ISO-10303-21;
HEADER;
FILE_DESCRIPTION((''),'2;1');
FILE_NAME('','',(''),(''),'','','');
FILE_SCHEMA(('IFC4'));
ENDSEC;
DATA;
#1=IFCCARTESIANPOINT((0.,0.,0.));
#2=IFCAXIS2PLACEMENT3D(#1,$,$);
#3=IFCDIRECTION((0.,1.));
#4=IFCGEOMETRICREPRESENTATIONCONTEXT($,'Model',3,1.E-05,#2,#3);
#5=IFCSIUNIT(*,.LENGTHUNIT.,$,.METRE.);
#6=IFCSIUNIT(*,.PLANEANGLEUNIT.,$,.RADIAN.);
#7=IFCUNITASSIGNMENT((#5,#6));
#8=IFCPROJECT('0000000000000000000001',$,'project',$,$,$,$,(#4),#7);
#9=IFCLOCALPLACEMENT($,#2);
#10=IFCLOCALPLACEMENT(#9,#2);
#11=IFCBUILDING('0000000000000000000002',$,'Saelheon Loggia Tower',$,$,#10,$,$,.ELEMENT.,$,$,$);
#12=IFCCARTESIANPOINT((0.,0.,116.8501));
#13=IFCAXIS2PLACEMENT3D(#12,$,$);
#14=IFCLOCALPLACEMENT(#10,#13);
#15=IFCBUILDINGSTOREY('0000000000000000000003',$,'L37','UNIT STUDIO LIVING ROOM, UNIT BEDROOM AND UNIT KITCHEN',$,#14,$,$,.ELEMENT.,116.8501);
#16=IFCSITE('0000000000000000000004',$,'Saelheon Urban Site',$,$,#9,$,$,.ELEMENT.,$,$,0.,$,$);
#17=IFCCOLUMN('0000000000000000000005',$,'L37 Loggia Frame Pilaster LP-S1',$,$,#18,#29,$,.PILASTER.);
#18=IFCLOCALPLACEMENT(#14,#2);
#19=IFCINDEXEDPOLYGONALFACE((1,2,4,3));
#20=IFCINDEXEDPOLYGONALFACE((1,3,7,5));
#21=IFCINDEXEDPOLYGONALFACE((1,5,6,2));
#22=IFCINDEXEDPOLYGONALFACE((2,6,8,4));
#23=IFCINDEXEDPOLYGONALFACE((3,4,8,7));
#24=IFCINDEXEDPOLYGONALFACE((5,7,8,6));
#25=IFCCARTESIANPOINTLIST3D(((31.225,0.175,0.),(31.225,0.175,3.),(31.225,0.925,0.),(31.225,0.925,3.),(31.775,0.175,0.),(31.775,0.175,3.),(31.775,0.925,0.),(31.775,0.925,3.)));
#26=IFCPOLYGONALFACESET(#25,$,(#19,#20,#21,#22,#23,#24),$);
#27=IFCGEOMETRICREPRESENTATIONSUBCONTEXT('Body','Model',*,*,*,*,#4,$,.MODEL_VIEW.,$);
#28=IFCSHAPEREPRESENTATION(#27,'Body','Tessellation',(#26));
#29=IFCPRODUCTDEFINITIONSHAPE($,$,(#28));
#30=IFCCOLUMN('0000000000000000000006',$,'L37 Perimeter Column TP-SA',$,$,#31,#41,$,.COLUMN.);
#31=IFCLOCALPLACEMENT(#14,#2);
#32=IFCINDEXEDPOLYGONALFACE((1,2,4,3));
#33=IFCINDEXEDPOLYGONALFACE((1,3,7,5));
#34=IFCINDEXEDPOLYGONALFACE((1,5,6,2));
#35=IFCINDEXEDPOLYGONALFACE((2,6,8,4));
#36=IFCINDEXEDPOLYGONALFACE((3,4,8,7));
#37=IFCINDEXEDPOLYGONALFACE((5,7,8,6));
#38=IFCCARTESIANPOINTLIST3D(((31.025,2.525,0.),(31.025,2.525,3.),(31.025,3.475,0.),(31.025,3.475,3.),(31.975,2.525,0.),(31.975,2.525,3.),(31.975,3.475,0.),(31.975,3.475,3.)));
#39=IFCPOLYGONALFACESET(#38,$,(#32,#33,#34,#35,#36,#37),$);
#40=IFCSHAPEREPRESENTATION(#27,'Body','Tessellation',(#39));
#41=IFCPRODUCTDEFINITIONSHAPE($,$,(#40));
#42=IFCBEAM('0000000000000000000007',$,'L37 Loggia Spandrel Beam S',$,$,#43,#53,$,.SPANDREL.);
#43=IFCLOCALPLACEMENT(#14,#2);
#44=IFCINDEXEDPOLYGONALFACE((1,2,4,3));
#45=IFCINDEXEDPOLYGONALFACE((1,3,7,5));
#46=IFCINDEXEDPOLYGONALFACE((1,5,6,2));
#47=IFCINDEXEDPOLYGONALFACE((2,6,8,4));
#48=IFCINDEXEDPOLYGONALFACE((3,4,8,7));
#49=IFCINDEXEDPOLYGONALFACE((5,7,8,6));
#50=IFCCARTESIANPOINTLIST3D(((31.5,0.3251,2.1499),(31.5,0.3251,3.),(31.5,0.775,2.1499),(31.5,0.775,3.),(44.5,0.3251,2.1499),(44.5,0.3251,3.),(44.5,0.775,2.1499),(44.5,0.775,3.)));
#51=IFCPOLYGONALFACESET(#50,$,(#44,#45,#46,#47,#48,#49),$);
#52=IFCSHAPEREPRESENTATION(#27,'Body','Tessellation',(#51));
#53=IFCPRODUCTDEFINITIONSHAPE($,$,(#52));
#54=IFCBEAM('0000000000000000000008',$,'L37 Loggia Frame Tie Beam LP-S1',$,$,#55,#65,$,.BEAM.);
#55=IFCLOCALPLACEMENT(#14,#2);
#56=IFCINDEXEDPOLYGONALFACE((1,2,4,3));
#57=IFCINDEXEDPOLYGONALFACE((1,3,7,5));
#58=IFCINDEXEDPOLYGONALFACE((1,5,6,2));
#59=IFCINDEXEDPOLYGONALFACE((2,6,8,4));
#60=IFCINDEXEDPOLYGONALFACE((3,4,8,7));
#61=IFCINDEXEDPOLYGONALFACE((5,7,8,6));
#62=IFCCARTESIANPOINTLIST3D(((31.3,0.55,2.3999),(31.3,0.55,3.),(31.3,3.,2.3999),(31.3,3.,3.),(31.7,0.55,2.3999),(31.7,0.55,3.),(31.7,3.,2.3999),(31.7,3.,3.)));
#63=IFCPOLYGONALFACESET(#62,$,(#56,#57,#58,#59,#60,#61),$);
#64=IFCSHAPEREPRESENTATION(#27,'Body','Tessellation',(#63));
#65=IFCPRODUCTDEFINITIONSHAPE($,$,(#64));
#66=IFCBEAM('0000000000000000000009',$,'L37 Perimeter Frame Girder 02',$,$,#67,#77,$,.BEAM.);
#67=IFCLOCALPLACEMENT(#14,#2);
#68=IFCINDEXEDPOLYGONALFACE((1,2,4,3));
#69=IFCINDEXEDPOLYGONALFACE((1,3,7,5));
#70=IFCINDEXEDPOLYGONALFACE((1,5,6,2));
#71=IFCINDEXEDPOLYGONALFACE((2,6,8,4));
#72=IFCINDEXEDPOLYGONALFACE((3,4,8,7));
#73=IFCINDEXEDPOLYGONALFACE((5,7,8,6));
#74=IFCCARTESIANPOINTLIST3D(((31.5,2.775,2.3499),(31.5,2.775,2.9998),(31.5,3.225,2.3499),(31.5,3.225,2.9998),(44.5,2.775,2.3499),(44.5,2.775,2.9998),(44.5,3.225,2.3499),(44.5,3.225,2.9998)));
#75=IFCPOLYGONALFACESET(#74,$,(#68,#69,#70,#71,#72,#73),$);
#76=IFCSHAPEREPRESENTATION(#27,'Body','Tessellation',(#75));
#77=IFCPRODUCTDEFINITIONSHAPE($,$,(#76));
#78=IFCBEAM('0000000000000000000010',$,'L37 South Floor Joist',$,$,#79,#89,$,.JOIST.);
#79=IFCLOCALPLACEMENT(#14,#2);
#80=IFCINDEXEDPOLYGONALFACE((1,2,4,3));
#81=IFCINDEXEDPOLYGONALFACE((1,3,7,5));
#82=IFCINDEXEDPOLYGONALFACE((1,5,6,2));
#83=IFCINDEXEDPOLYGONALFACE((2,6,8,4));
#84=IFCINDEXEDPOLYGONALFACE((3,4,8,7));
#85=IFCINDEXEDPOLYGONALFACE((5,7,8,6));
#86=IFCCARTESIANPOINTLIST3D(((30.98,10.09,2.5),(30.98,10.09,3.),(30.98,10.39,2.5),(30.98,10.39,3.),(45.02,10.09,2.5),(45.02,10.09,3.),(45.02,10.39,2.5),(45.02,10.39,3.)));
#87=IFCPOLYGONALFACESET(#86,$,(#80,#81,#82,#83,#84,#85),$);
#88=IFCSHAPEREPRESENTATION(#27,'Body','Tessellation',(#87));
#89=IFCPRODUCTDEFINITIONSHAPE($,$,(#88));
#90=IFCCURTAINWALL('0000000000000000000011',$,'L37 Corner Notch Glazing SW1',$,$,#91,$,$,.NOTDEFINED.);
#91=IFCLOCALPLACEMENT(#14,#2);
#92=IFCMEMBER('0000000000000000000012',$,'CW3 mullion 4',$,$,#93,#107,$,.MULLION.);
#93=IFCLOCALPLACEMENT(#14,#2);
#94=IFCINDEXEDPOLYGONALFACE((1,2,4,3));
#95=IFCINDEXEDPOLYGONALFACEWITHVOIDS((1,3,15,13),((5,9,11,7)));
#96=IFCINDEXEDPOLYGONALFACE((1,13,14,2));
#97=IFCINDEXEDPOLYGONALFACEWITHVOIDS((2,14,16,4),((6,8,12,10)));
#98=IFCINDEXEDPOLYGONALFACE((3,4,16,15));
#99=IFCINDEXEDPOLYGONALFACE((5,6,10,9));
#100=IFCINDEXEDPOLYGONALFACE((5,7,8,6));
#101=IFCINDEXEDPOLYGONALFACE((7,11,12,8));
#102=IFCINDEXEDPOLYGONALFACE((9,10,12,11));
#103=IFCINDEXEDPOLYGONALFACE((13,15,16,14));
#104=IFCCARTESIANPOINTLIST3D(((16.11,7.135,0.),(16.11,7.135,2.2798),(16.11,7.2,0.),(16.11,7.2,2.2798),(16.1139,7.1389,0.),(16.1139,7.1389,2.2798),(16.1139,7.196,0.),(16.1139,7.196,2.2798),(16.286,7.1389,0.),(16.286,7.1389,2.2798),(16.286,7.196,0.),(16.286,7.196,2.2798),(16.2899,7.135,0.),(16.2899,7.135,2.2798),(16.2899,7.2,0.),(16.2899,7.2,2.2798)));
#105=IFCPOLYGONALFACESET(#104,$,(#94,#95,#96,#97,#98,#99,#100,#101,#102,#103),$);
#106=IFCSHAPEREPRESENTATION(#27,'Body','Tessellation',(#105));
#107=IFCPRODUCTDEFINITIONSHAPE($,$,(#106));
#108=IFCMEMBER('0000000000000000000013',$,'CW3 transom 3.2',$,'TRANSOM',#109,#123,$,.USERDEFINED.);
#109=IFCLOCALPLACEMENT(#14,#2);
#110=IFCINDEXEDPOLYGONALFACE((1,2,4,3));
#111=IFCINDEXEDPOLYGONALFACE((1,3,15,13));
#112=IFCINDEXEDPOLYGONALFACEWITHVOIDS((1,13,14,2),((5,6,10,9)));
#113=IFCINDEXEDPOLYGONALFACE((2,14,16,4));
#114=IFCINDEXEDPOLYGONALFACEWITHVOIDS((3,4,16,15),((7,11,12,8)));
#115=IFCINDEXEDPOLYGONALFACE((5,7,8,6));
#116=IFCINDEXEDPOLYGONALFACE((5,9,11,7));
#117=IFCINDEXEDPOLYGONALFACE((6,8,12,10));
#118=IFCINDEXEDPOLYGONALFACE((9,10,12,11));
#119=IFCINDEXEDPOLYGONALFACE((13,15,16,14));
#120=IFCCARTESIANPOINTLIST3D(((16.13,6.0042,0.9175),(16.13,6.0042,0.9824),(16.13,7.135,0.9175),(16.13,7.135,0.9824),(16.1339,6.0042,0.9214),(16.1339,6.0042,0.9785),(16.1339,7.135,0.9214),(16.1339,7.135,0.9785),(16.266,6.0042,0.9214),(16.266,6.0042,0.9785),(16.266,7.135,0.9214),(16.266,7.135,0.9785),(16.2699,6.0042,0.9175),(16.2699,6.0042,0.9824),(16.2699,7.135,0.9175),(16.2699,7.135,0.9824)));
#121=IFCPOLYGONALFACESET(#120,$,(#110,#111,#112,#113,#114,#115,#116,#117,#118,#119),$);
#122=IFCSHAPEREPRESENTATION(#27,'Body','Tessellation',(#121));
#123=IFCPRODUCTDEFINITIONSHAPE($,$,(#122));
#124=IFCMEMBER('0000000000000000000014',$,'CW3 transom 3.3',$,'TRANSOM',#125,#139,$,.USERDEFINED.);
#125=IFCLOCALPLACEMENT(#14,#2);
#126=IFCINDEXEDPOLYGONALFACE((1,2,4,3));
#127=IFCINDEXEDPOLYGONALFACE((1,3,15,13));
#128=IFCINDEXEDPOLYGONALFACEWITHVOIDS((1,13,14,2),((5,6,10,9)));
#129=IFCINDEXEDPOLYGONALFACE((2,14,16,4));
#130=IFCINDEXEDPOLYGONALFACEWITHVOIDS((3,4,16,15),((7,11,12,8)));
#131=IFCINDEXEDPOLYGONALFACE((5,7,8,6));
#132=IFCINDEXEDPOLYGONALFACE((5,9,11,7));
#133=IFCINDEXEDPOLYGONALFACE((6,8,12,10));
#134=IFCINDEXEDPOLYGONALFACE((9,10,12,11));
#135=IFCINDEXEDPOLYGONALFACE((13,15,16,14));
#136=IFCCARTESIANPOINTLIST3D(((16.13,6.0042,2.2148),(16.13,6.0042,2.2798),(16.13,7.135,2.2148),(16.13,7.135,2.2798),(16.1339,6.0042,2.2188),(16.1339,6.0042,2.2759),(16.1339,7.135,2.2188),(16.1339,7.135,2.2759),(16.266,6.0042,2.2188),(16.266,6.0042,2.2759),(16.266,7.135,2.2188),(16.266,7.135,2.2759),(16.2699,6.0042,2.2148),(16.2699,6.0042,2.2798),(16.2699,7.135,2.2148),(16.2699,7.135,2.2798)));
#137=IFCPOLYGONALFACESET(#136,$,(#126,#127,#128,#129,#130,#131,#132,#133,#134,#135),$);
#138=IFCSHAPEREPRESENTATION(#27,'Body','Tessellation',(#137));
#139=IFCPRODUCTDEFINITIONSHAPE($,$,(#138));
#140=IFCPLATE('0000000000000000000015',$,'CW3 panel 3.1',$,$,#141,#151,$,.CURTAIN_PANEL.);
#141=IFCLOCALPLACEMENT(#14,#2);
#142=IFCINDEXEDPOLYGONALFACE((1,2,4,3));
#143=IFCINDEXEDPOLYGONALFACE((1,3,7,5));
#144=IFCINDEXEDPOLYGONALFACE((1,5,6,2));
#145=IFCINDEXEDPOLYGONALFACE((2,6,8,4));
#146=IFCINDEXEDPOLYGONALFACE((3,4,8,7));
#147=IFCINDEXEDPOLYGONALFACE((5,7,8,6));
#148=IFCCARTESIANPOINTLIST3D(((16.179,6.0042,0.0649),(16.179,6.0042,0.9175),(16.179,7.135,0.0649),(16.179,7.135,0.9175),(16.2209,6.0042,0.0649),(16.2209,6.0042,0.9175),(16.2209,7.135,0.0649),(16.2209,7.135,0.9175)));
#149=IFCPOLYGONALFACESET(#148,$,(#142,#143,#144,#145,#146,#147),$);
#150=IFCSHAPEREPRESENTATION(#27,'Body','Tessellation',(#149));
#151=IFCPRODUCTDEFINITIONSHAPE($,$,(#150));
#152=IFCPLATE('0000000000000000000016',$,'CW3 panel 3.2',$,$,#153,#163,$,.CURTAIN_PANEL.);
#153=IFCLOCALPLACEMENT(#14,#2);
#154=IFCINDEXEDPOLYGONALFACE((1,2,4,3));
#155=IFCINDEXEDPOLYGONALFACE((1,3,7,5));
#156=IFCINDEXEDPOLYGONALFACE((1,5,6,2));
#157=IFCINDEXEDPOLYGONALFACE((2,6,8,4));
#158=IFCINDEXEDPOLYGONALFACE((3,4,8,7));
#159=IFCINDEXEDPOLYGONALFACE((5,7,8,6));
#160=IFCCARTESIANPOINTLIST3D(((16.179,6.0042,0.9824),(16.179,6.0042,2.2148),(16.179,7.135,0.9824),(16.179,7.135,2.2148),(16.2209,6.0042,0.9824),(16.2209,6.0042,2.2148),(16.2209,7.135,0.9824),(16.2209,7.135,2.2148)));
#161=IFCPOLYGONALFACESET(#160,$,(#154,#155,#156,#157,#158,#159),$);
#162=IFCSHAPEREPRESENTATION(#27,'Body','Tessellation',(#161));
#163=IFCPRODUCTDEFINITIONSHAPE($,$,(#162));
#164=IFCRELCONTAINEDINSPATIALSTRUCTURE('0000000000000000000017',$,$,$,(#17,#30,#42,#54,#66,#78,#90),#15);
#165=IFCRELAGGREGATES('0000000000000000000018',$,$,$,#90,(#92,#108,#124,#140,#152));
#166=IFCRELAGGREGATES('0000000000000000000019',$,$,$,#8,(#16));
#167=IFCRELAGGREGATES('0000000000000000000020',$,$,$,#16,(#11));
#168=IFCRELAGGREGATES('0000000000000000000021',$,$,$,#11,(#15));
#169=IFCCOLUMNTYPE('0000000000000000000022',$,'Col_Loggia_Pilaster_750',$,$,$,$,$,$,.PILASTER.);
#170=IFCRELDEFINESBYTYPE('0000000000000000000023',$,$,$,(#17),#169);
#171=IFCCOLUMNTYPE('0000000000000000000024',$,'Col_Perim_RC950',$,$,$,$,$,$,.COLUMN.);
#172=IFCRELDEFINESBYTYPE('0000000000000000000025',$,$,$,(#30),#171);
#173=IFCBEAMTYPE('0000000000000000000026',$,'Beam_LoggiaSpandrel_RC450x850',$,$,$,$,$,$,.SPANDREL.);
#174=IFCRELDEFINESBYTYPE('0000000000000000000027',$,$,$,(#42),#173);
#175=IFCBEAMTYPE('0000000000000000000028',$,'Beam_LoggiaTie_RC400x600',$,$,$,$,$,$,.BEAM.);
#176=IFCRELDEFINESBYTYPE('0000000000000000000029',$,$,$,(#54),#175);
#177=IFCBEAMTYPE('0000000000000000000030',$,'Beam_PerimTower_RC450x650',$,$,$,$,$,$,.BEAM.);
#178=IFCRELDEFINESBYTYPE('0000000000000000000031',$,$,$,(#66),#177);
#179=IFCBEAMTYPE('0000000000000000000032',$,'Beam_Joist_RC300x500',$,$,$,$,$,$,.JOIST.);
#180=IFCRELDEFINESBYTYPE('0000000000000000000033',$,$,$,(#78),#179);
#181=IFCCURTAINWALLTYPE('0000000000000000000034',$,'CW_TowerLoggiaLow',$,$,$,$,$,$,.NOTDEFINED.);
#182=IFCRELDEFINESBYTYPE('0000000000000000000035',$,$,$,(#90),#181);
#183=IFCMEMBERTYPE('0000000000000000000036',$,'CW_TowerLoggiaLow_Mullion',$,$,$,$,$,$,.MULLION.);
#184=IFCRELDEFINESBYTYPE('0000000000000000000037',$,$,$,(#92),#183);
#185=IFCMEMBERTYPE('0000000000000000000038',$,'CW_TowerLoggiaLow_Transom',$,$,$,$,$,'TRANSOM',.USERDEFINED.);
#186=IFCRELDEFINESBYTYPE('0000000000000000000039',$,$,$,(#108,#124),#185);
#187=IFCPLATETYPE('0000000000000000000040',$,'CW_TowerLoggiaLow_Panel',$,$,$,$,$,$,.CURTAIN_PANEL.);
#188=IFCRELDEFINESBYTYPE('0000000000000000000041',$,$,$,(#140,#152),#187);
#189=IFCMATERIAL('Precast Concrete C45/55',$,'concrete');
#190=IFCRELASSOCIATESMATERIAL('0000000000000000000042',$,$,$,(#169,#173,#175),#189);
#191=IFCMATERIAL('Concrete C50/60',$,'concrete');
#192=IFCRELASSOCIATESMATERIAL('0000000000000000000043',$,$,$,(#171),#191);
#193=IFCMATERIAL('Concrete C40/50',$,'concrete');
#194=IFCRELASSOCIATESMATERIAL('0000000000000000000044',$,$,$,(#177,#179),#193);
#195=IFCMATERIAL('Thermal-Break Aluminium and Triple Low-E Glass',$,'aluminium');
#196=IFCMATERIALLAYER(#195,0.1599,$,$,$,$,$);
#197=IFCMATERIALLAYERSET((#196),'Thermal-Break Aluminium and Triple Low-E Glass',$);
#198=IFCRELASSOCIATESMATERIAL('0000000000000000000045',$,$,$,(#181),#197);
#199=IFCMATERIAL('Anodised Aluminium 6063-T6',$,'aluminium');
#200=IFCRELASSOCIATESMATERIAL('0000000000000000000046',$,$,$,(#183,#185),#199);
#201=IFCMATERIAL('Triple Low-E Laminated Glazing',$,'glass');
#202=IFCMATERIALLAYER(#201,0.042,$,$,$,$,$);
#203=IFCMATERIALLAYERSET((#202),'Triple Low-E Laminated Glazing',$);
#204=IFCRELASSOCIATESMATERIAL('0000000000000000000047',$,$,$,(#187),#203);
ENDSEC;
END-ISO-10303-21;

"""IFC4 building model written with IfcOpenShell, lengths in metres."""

from ifc_helpers import new_model, si_unit, direction, frame, origin, origin_2d, place, context, subcontext, project, spatial, rectangle, hollow_rectangle, extrude, source, transform, mapped, material, layer, layer_set, material_profile, profile_set, type_object, element, aggregate, save


model = new_model("IFC4")

# Units and contexts
model_context = context("Model", 3, precision=1e-05, world=origin(), true_north=direction((0.0, 1.0)))
body_context = subcontext(model_context, "Body", "Model", "MODEL_VIEW")
ifc_project = project(units=[si_unit("LENGTHUNIT", "METRE"), si_unit("PLANEANGLEUNIT", "RADIAN")], contexts=[model_context])

# Site, building, storey
site_placement = place(None, origin())
site = spatial("IfcSite", under=ifc_project, at=site_placement, Name="Saelheon Urban Site", CompositionType="ELEMENT", RefElevation=0.0)
building_placement = place(site_placement, origin())
building = spatial("IfcBuilding", under=site, at=building_placement, Name="Saelheon Loggia Tower", CompositionType="ELEMENT")
storey_placement = place(building_placement, frame((0.0, 0.0, 116.8501)))
storey = spatial("IfcBuildingStorey", under=building, at=storey_placement, Name="L37", Description="UNIT STUDIO LIVING ROOM, UNIT BEDROOM AND UNIT KITCHEN", CompositionType="ELEMENT", Elevation=116.8501)

# Columns
ifc_material_1 = material(Name="Precast Concrete C45/55", Category="concrete")
ifc_material_profile_1 = material_profile(ifc_material_1, rectangle(XDim=0.55, YDim=0.75, at=origin_2d()), Name="RC-550x750")
ifc_profile_set_1 = profile_set([ifc_material_profile_1], Name="Precast Concrete C45/55")
column_type_1 = type_object("IfcColumnType", Name="Col_Loggia_Pilaster_750", PredefinedType="PILASTER", material=ifc_profile_set_1)
shared_shape_1 = source(origin(), body_context, "Body", "SweptSolid", [
    extrude(rectangle(XDim=0.55, YDim=0.75, at=origin_2d()), origin(), (0.0, 0.0, 1.0), 3.0),
])
column_1_placement = place(storey_placement, frame((31.5, 0.55, 0.0), z_axis=(0.0, 0.0, 1.0), x_axis=(1.0, 0.0, 0.0)))
element("IfcColumn", 1, at=column_1_placement, inside=storey, type_object=column_type_1, Name="L37 Loggia Frame Pilaster LP-S1", PredefinedType="PILASTER", context=body_context, shape_type="MappedRepresentation", body=[
    mapped(shared_shape_1, transform((0.0, 0.0, 0.0), scale=1.0)),
])
ifc_material_2 = material(Name="Concrete C50/60", Category="concrete")
ifc_material_profile_2 = material_profile(ifc_material_2, rectangle(XDim=0.95, YDim=0.95, at=origin_2d()), Name="RC-950x950")
ifc_profile_set_2 = profile_set([ifc_material_profile_2], Name="Concrete C50/60")
column_type_2 = type_object("IfcColumnType", Name="Col_Perim_RC950", PredefinedType="COLUMN", material=ifc_profile_set_2)
shared_shape_2 = source(origin(), body_context, "Body", "SweptSolid", [
    extrude(rectangle(XDim=0.95, YDim=0.95, at=origin_2d()), origin(), (0.0, 0.0, 1.0), 3.0),
])
column_2_placement = place(storey_placement, frame((31.5, 3.0, 0.0), z_axis=(0.0, 0.0, 1.0), x_axis=(1.0, 0.0, 0.0)))
element("IfcColumn", 2, at=column_2_placement, inside=storey, type_object=column_type_2, Name="L37 Perimeter Column TP-SA", PredefinedType="COLUMN", context=body_context, shape_type="MappedRepresentation", body=[
    mapped(shared_shape_2, transform((0.0, 0.0, 0.0), scale=1.0)),
])

# Beams
ifc_material_profile_3 = material_profile(ifc_material_1, rectangle(XDim=0.45, YDim=0.8501, at=origin_2d()), Name="RC-450x850")
ifc_profile_set_3 = profile_set([ifc_material_profile_3], Name="Precast Concrete C45/55")
beam_type_1 = type_object("IfcBeamType", Name="Beam_LoggiaSpandrel_RC450x850", PredefinedType="SPANDREL", material=ifc_profile_set_3)
shared_shape_3 = source(origin(), body_context, "Body", "SweptSolid", [
    extrude(rectangle(XDim=0.45, YDim=0.8501, at=origin_2d()), origin(), (0.0, 0.0, 1.0), 13.0),
])
beam_1_placement = place(storey_placement, frame((31.5, 0.55, 2.575), z_axis=(1.0, 0.0, 0.0), x_axis=(0.0, 1.0, 0.0)))
element("IfcBeam", 3, at=beam_1_placement, inside=storey, type_object=beam_type_1, Name="L37 Loggia Spandrel Beam S", PredefinedType="SPANDREL", context=body_context, shape_type="MappedRepresentation", body=[
    mapped(shared_shape_3, transform((0.0, 0.0, 0.0), scale=1.0)),
])
ifc_material_profile_4 = material_profile(ifc_material_1, rectangle(XDim=0.3999, YDim=0.6001, at=origin_2d()), Name="RC-400x600")
ifc_profile_set_4 = profile_set([ifc_material_profile_4], Name="Precast Concrete C45/55")
beam_type_2 = type_object("IfcBeamType", Name="Beam_LoggiaTie_RC400x600", PredefinedType="BEAM", material=ifc_profile_set_4)
shared_shape_4 = source(origin(), body_context, "Body", "SweptSolid", [
    extrude(rectangle(XDim=0.3999, YDim=0.6001, at=origin_2d()), origin(), (0.0, 0.0, 1.0), 2.45),
])
beam_2_placement = place(storey_placement, frame((31.5, 3.0, 2.7), z_axis=(0.0, -1.0, 0.0), x_axis=(1.0, 0.0, 0.0)))
element("IfcBeam", 4, at=beam_2_placement, inside=storey, type_object=beam_type_2, Name="L37 Loggia Frame Tie Beam LP-S1", PredefinedType="BEAM", context=body_context, shape_type="MappedRepresentation", body=[
    mapped(shared_shape_4, transform((0.0, 0.0, 0.0), scale=1.0)),
])
ifc_material_3 = material(Name="Concrete C40/50", Category="concrete")
ifc_material_profile_5 = material_profile(ifc_material_3, rectangle(XDim=0.45, YDim=0.6499, at=origin_2d()), Name="RC-450x650")
ifc_profile_set_5 = profile_set([ifc_material_profile_5], Name="Concrete C40/50")
beam_type_3 = type_object("IfcBeamType", Name="Beam_PerimTower_RC450x650", PredefinedType="BEAM", material=ifc_profile_set_5)
shared_shape_5 = source(origin(), body_context, "Body", "SweptSolid", [
    extrude(rectangle(XDim=0.45, YDim=0.6499, at=origin_2d()), origin(), (0.0, 0.0, 1.0), 13.0),
])
beam_3_placement = place(storey_placement, frame((31.5, 3.0, 2.6748), z_axis=(1.0, 0.0, 0.0), x_axis=(0.0, 1.0, 0.0)))
element("IfcBeam", 5, at=beam_3_placement, inside=storey, type_object=beam_type_3, Name="L37 Perimeter Frame Girder 02", PredefinedType="BEAM", context=body_context, shape_type="MappedRepresentation", body=[
    mapped(shared_shape_5, transform((0.0, 0.0, 0.0), scale=1.0)),
])
ifc_material_profile_6 = material_profile(ifc_material_3, rectangle(XDim=0.3, YDim=0.5, at=origin_2d()), Name="RC-300x500")
ifc_profile_set_6 = profile_set([ifc_material_profile_6], Name="Concrete C40/50")
beam_type_4 = type_object("IfcBeamType", Name="Beam_Joist_RC300x500", PredefinedType="JOIST", material=ifc_profile_set_6)
shared_shape_6 = source(origin(), body_context, "Body", "SweptSolid", [
    extrude(rectangle(XDim=0.3, YDim=0.5, at=origin_2d()), origin(), (0.0, 0.0, 1.0), 14.04),
])
beam_4_placement = place(storey_placement, frame((30.98, 10.24, 2.75), z_axis=(1.0, 0.0, 0.0), x_axis=(0.0, 1.0, 0.0)))
element("IfcBeam", 6, at=beam_4_placement, inside=storey, type_object=beam_type_4, Name="L37 South Floor Joist", PredefinedType="JOIST", context=body_context, shape_type="MappedRepresentation", body=[
    mapped(shared_shape_6, transform((0.0, 0.0, 0.0), scale=1.0)),
])

# Curtain wall, members, plates
ifc_material_4 = material(Name="Thermal-Break Aluminium and Triple Low-E Glass", Category="aluminium")
ifc_layer_1 = layer(ifc_material_4, 0.1599)
ifc_layer_set_1 = layer_set([ifc_layer_1], Name="Thermal-Break Aluminium and Triple Low-E Glass")
curtain_wall_type = type_object("IfcCurtainWallType", Name="CW_TowerLoggiaLow", PredefinedType="NOTDEFINED", material=ifc_layer_set_1)
curtain_wall_placement = place(storey_placement, origin())
curtain_wall = element("IfcCurtainWall", 7, at=curtain_wall_placement, inside=storey, type_object=curtain_wall_type, Name="L37 Corner Notch Glazing SW1", PredefinedType="NOTDEFINED")
ifc_material_5 = material(Name="Anodised Aluminium 6063-T6", Category="aluminium")
ifc_material_profile_7 = material_profile(ifc_material_5, hollow_rectangle(XDim=0.0649, YDim=0.1799, WallThickness=0.0039, at=origin_2d()), Name="RHS-180x65x4")
ifc_profile_set_7 = profile_set([ifc_material_profile_7], Name="Anodised Aluminium 6063-T6")
member_type_1 = type_object("IfcMemberType", Name="CW_TowerLoggiaLow_Mullion", PredefinedType="MULLION", material=ifc_profile_set_7)
shared_shape_7 = source(origin(), body_context, "Body", "SweptSolid", [
    extrude(hollow_rectangle(XDim=0.0649, YDim=0.1799, WallThickness=0.0039, at=origin_2d()), origin(), (0.0, 0.0, 1.0), 2.2798),
])
member_1_placement = place(storey_placement, frame((16.2, 7.1675, 0.0), z_axis=(0.0, 0.0, 1.0), x_axis=(0.0, 1.0, 0.0)))
member_1 = element("IfcMember", 8, at=member_1_placement, type_object=member_type_1, Name="CW3 mullion 4", PredefinedType="MULLION", context=body_context, shape_type="MappedRepresentation", body=[
    mapped(shared_shape_7, transform((0.0, 0.0, 0.0), scale=1.0)),
])
ifc_material_profile_8 = material_profile(ifc_material_5, hollow_rectangle(XDim=0.0649, YDim=0.1399, WallThickness=0.0039, at=origin_2d()), Name="RHS-140x65x4")
ifc_profile_set_8 = profile_set([ifc_material_profile_8], Name="Anodised Aluminium 6063-T6")
member_type_2 = type_object("IfcMemberType", Name="CW_TowerLoggiaLow_Transom", ElementType="TRANSOM", PredefinedType="USERDEFINED", material=ifc_profile_set_8)
shared_shape_8 = source(origin(), body_context, "Body", "SweptSolid", [
    extrude(hollow_rectangle(XDim=0.0649, YDim=0.1399, WallThickness=0.0039, at=origin_2d()), origin(), (0.0, 0.0, 1.0), 1.1309),
])
member_2_placement = place(storey_placement, frame((16.2, 6.0042, 0.95), z_axis=(0.0, 1.0, 0.0), x_axis=(0.0, 0.0, 1.0)))
member_2 = element("IfcMember", 9, at=member_2_placement, type_object=member_type_2, Name="CW3 transom 3.2", ObjectType="TRANSOM", PredefinedType="USERDEFINED", context=body_context, shape_type="MappedRepresentation", body=[
    mapped(shared_shape_8, transform((0.0, 0.0, 0.0), scale=1.0)),
])
member_3_placement = place(storey_placement, frame((16.2, 6.0042, 2.2473), z_axis=(0.0, 1.0, 0.0), x_axis=(0.0, 0.0, 1.0)))
member_3 = element("IfcMember", 10, at=member_3_placement, type_object=member_type_2, Name="CW3 transom 3.3", ObjectType="TRANSOM", PredefinedType="USERDEFINED", context=body_context, shape_type="MappedRepresentation", body=[
    mapped(shared_shape_8, transform((0.0, 0.0, 0.0), scale=1.0)),
])
ifc_material_6 = material(Name="Triple Low-E Laminated Glazing", Category="glass")
ifc_layer_2 = layer(ifc_material_6, 0.042)
ifc_layer_set_2 = layer_set([ifc_layer_2], Name="Triple Low-E Laminated Glazing")
plate_type = type_object("IfcPlateType", Name="CW_TowerLoggiaLow_Panel", PredefinedType="CURTAIN_PANEL", material=ifc_layer_set_2)
shared_shape_9 = source(origin(), body_context, "Body", "SweptSolid", [
    extrude(rectangle(XDim=1.1309, YDim=0.042, at=origin_2d()), origin(), (0.0, 0.0, 1.0), 0.8525),
])
plate_1_placement = place(storey_placement, frame((16.2, 6.5696, 0.0649), z_axis=(0.0, 0.0, 1.0), x_axis=(0.0, 1.0, 0.0)))
plate_1 = element("IfcPlate", 11, at=plate_1_placement, type_object=plate_type, Name="CW3 panel 3.1", PredefinedType="CURTAIN_PANEL", context=body_context, shape_type="MappedRepresentation", body=[
    mapped(shared_shape_9, transform((0.0, 0.0, 0.0), scale=1.0)),
])
shared_shape_10 = source(origin(), body_context, "Body", "SweptSolid", [
    extrude(rectangle(XDim=1.1309, YDim=0.042, at=origin_2d()), origin(), (0.0, 0.0, 1.0), 1.2324),
])
plate_2_placement = place(storey_placement, frame((16.2, 6.5696, 0.9824), z_axis=(0.0, 0.0, 1.0), x_axis=(0.0, 1.0, 0.0)))
plate_2 = element("IfcPlate", 12, at=plate_2_placement, type_object=plate_type, Name="CW3 panel 3.2", PredefinedType="CURTAIN_PANEL", context=body_context, shape_type="MappedRepresentation", body=[
    mapped(shared_shape_10, transform((0.0, 0.0, 0.0), scale=1.0)),
])
aggregate(curtain_wall, [member_1, member_2, member_3, plate_1, plate_2])

save(model, "model.ifc")
